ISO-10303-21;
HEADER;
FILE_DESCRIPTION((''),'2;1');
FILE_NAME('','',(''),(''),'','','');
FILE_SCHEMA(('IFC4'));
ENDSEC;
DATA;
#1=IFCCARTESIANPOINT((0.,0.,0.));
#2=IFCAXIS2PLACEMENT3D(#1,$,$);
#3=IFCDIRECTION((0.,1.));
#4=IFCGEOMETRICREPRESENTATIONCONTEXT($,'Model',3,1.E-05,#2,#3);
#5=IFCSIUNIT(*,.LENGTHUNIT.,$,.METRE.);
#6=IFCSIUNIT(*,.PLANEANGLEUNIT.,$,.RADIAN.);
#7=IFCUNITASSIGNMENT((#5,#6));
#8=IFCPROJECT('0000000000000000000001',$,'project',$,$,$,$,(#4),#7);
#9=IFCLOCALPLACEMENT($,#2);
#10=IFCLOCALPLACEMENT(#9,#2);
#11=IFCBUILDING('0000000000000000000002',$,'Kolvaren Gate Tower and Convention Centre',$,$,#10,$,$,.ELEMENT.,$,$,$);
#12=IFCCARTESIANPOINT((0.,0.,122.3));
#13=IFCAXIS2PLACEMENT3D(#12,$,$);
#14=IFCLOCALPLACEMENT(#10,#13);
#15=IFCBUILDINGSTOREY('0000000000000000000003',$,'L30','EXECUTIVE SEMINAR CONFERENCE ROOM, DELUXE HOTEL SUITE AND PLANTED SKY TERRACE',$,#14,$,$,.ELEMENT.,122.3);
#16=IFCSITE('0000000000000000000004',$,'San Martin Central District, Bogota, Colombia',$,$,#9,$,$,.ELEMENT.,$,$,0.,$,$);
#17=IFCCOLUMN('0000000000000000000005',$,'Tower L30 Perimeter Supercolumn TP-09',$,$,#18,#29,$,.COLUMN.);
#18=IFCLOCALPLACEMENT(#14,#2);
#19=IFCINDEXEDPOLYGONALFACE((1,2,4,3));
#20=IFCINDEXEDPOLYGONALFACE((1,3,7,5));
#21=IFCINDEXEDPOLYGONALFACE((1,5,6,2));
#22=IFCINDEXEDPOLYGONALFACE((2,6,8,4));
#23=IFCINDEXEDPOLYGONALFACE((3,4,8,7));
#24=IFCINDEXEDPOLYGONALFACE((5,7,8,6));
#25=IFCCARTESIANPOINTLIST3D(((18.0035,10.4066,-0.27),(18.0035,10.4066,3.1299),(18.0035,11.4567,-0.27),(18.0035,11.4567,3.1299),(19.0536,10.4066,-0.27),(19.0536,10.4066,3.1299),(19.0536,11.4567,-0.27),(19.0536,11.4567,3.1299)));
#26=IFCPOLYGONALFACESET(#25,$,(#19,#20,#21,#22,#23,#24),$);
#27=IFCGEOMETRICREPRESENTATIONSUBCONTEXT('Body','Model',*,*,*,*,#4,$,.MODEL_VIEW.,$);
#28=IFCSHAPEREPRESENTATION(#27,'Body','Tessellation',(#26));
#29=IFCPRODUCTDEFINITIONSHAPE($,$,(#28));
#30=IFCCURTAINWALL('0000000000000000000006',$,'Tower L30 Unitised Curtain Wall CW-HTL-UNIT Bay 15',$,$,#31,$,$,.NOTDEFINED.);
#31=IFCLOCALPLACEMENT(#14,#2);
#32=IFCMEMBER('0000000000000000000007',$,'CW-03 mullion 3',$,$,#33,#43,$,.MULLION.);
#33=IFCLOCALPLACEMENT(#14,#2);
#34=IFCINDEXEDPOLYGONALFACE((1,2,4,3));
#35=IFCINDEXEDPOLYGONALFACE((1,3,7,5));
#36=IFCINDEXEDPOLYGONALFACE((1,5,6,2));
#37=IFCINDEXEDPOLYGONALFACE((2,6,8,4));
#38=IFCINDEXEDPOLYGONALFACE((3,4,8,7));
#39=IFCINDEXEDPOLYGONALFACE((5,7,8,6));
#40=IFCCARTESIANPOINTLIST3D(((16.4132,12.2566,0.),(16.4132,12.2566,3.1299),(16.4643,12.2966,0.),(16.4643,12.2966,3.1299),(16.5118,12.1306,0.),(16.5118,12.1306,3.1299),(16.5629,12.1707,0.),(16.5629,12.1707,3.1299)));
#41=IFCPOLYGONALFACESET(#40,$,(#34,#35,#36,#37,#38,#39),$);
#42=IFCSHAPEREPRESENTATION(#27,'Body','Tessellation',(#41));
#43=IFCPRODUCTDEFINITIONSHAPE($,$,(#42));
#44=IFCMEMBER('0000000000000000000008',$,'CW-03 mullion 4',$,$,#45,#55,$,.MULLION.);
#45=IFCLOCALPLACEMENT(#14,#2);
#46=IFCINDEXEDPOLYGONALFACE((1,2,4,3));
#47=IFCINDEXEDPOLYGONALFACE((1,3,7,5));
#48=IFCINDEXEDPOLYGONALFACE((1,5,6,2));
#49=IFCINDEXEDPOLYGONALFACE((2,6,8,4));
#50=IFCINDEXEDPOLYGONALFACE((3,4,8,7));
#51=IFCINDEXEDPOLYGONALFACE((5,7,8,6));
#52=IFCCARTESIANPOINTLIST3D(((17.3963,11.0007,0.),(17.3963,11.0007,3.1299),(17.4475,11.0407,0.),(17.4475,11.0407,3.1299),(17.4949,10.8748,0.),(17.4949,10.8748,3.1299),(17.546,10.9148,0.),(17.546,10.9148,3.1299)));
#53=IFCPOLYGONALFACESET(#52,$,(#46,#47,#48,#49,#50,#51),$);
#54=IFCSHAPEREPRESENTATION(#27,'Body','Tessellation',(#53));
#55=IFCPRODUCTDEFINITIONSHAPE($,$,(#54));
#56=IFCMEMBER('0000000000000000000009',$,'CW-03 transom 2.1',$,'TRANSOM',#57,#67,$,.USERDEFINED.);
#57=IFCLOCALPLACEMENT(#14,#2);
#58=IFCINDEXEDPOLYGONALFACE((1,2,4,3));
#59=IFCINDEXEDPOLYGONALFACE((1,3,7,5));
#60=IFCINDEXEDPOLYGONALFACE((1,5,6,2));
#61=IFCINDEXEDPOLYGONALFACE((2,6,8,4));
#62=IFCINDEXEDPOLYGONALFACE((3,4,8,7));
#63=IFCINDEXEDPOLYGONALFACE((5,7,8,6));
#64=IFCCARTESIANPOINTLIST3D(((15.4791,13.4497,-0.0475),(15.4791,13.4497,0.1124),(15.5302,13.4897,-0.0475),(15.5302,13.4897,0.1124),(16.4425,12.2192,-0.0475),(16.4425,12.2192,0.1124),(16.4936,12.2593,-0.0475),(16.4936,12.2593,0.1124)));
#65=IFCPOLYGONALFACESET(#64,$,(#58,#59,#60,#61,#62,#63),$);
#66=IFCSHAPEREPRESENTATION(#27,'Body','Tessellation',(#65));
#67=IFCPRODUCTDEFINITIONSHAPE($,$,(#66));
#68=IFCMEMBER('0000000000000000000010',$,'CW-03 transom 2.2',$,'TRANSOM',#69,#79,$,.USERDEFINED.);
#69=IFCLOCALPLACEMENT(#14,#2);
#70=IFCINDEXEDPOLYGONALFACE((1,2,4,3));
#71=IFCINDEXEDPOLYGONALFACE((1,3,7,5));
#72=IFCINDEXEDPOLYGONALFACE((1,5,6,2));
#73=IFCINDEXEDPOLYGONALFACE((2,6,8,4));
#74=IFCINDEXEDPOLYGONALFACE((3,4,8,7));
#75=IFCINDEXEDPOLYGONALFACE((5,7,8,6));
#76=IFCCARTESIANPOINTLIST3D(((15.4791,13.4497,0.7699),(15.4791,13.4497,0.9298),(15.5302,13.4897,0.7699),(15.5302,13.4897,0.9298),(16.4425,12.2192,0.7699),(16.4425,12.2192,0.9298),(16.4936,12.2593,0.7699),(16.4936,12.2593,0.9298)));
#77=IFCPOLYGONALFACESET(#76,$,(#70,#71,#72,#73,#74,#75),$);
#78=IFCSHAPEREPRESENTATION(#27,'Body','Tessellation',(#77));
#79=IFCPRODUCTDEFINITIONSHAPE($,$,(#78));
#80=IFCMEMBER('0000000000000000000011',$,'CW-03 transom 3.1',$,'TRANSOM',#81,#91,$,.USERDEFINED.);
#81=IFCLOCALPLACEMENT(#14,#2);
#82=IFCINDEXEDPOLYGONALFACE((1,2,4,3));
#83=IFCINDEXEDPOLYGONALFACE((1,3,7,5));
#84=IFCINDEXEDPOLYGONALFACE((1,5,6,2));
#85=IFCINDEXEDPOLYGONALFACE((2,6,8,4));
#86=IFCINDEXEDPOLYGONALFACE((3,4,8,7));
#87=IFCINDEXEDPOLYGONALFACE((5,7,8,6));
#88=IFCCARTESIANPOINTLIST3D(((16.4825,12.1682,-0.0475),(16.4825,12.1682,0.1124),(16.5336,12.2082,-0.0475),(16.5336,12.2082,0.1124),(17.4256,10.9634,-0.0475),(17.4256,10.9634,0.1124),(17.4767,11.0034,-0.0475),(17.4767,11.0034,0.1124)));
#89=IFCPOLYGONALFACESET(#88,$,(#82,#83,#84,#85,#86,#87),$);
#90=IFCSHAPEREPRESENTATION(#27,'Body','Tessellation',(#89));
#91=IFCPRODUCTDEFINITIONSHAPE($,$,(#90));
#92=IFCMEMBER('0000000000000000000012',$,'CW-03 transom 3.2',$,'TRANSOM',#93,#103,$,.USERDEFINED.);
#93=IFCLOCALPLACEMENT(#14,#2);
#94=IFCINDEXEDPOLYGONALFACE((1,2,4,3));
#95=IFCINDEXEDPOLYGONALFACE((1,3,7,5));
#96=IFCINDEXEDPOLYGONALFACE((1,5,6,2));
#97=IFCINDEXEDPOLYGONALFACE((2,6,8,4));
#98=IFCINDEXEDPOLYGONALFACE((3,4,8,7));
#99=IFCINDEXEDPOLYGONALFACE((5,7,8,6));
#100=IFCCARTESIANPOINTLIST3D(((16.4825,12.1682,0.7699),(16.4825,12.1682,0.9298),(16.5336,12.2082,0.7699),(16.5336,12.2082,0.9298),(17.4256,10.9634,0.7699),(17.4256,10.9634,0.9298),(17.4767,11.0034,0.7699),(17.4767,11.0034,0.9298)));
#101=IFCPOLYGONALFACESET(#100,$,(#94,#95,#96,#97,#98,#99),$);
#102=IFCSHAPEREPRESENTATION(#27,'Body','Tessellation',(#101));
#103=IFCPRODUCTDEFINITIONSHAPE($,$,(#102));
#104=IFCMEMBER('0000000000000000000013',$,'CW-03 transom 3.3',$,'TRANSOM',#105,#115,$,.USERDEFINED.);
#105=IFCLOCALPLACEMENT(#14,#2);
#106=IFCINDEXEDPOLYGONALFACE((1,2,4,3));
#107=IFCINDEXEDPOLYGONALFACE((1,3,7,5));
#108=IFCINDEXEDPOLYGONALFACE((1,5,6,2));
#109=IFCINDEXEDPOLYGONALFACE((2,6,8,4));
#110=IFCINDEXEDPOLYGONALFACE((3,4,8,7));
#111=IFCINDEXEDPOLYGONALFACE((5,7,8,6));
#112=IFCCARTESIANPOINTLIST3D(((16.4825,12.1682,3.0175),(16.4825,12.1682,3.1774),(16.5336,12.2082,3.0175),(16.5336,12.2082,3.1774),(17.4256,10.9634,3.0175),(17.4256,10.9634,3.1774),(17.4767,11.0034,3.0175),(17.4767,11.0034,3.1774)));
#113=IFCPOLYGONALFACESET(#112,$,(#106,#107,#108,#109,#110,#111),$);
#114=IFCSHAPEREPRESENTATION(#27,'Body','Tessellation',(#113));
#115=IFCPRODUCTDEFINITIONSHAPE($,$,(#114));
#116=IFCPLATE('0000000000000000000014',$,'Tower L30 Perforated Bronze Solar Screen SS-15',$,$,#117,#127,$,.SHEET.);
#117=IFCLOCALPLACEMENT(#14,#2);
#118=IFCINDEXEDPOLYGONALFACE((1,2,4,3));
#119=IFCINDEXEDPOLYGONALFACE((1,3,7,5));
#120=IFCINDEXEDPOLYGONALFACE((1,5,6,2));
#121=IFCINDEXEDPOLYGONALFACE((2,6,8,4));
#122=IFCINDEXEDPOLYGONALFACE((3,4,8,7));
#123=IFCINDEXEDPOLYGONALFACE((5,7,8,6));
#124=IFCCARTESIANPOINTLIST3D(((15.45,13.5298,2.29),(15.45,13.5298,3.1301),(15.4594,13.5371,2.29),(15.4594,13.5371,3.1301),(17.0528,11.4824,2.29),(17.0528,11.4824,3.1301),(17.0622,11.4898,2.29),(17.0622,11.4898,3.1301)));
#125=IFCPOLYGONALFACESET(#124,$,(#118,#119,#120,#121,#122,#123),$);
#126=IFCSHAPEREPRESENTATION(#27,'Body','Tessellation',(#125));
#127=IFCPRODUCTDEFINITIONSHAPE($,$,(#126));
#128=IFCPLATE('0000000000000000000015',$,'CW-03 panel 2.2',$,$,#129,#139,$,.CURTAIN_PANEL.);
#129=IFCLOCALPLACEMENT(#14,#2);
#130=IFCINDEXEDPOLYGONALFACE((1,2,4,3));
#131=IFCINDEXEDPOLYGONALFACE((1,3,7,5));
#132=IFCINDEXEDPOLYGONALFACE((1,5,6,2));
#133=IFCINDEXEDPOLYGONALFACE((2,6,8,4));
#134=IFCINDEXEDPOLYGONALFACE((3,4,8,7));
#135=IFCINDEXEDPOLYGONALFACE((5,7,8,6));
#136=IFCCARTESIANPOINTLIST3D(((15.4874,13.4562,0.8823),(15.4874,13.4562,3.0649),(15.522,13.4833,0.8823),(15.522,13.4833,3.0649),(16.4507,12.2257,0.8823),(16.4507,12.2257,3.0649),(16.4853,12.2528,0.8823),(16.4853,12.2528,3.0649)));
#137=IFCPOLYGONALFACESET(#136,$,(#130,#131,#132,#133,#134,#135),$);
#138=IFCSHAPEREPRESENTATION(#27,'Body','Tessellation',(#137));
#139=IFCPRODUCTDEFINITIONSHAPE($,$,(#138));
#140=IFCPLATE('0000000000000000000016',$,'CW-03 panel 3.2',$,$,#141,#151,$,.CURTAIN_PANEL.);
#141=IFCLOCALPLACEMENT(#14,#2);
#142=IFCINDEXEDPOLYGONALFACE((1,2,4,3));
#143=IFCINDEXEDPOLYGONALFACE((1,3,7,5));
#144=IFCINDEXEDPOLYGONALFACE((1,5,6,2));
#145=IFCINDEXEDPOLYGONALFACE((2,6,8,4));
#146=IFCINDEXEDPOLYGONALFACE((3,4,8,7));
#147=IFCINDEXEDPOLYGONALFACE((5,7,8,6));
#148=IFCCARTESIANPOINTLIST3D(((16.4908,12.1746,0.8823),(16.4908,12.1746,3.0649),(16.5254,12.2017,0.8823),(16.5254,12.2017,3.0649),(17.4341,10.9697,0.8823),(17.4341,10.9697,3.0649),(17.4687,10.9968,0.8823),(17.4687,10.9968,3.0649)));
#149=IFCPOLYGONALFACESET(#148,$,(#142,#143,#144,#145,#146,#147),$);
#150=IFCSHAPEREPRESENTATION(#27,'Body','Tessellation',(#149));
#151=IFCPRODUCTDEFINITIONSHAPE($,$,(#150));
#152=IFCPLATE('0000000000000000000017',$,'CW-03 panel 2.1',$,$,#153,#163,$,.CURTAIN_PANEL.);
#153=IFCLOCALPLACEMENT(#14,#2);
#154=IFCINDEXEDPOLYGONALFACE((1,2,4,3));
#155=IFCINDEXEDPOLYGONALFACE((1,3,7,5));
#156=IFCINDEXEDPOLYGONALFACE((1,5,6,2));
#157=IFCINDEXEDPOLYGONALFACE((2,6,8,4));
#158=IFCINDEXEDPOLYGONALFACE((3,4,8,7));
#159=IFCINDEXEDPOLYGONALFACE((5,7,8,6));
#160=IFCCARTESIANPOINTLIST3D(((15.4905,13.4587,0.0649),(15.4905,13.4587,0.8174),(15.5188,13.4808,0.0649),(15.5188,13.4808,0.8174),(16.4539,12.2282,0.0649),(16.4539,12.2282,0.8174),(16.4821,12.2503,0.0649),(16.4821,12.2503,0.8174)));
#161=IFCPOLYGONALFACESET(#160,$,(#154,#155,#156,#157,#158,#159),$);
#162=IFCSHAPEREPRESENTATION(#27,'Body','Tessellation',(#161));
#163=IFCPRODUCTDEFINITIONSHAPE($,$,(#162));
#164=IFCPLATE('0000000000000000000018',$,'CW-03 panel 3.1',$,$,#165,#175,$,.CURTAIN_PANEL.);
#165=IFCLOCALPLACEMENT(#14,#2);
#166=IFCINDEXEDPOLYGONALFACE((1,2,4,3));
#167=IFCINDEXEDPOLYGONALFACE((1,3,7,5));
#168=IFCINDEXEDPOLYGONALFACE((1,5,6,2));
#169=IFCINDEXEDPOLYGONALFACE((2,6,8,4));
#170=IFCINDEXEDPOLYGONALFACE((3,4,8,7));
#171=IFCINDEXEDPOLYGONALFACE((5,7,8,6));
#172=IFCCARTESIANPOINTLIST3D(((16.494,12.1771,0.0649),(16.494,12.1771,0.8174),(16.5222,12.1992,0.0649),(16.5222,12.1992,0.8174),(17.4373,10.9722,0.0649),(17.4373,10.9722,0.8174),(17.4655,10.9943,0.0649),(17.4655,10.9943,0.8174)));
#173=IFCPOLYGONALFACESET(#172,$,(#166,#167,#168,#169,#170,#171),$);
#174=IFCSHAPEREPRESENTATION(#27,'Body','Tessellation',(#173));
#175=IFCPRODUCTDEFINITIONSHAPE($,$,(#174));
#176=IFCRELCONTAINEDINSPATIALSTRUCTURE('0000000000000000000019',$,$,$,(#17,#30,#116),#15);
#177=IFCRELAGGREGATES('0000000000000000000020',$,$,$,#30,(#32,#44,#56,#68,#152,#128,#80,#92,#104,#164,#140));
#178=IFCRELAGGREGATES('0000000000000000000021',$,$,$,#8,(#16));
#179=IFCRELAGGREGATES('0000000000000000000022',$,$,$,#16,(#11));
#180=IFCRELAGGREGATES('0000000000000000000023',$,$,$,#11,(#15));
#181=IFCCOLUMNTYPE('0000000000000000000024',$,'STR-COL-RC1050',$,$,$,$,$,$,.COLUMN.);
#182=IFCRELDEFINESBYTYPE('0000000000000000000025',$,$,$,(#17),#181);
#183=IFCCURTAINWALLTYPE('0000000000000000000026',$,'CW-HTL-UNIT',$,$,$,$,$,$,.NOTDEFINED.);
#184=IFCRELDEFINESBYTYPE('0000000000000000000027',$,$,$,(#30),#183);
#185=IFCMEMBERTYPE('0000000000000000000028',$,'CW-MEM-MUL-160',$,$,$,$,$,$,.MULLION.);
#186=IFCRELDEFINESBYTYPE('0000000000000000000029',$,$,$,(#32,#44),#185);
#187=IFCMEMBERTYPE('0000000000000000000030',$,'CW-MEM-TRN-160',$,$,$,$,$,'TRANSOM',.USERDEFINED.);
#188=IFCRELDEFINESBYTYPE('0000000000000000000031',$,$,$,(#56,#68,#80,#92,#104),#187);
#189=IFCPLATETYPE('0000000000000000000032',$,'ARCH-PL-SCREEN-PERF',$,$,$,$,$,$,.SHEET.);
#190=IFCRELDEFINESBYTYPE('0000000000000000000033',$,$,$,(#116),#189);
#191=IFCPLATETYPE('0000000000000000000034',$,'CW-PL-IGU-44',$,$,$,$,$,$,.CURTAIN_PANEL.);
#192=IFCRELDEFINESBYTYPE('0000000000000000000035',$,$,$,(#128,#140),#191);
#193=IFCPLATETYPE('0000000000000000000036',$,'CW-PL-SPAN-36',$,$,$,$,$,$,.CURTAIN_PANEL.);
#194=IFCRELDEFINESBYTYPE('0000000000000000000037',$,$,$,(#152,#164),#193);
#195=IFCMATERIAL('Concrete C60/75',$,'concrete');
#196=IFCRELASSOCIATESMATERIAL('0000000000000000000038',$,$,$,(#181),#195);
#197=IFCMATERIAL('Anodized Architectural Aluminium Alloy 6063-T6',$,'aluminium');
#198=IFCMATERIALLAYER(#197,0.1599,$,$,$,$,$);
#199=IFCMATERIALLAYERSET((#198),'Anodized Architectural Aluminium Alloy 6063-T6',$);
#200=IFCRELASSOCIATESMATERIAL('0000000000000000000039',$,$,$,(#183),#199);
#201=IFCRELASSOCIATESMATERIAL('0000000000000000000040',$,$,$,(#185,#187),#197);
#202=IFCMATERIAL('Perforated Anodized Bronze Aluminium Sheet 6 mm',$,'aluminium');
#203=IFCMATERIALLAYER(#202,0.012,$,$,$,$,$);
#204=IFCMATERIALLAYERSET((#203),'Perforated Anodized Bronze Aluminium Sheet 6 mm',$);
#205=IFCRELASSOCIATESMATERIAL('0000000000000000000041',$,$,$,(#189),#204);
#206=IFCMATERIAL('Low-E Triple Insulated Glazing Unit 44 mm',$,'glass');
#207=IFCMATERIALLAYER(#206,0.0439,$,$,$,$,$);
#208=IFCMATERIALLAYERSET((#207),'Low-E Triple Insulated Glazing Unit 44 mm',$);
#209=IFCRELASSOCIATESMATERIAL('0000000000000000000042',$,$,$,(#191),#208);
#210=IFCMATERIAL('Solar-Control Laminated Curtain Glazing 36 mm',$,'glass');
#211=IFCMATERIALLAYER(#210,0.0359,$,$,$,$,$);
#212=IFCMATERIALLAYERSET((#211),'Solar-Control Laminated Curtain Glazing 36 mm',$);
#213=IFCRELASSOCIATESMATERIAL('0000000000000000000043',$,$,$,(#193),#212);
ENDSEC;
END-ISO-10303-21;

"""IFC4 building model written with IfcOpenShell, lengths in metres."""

from ifc_helpers import new_model, si_unit, direction, frame, origin, origin_2d, place, context, subcontext, project, spatial, rectangle, extrude, material, layer, layer_set, material_profile, profile_set, type_object, element, aggregate, save


model = new_model("IFC4")

# Units and contexts
model_context = context("Model", 3, precision=1e-05, world=origin(), true_north=direction((0.0, 1.0)))
body_context = subcontext(model_context, "Body", "Model", "MODEL_VIEW")
ifc_project = project(units=[si_unit("LENGTHUNIT", "METRE"), si_unit("PLANEANGLEUNIT", "RADIAN")], contexts=[model_context])

# Site, building, storey
site_placement = place(None, origin())
site = spatial("IfcSite", under=ifc_project, at=site_placement, Name="San Martin Central District, Bogota, Colombia", CompositionType="ELEMENT", RefElevation=0.0)
building_placement = place(site_placement, origin())
building = spatial("IfcBuilding", under=site, at=building_placement, Name="Kolvaren Gate Tower and Convention Centre", CompositionType="ELEMENT")
storey_placement = place(building_placement, frame((0.0, 0.0, 122.3)))
storey = spatial("IfcBuildingStorey", under=building, at=storey_placement, Name="L30", Description="EXECUTIVE SEMINAR CONFERENCE ROOM, DELUXE HOTEL SUITE AND PLANTED SKY TERRACE", CompositionType="ELEMENT", Elevation=122.3)

# Column
ifc_material_1 = material(Name="Concrete C60/75", Category="concrete")
ifc_material_profile_1 = material_profile(ifc_material_1, rectangle(XDim=1.05, YDim=1.05, at=origin_2d()), Name="RC-COL-1050X1050")
ifc_profile_set_1 = profile_set([ifc_material_profile_1], Name="Concrete C60/75")
column_type = type_object("IfcColumnType", Name="STR-COL-RC1050", PredefinedType="COLUMN", material=ifc_profile_set_1)
column_placement = place(storey_placement, frame((18.5286, 10.9316, -0.27), z_axis=(0.0, 0.0, 1.0), x_axis=(1.0, 0.0, 0.0)))
element("IfcColumn", 1, at=column_placement, inside=storey, type_object=column_type, Name="Tower L30 Perimeter Supercolumn TP-09", PredefinedType="COLUMN", context=body_context, shape_type="SweptSolid", body=[
    extrude(rectangle(XDim=1.05, YDim=1.05, at=origin_2d()), origin(), (0.0, 0.0, 1.0), 3.3999),
])

# Curtain wall, members
ifc_material_2 = material(Name="Anodized Architectural Aluminium Alloy 6063-T6", Category="aluminium")
ifc_layer_1 = layer(ifc_material_2, 0.1599)
ifc_layer_set_1 = layer_set([ifc_layer_1], Name="Anodized Architectural Aluminium Alloy 6063-T6")
curtain_wall_type = type_object("IfcCurtainWallType", Name="CW-HTL-UNIT", PredefinedType="NOTDEFINED", material=ifc_layer_set_1)
curtain_wall_placement = place(storey_placement, origin())
curtain_wall = element("IfcCurtainWall", 2, at=curtain_wall_placement, inside=storey, type_object=curtain_wall_type, Name="Tower L30 Unitised Curtain Wall CW-HTL-UNIT Bay 15", PredefinedType="NOTDEFINED")
ifc_material_profile_2 = material_profile(ifc_material_2, rectangle(XDim=0.0649, YDim=0.1599, at=origin_2d()), Name="CW-MEM-MUL-160")
ifc_profile_set_2 = profile_set([ifc_material_profile_2], Name="Anodized Architectural Aluminium Alloy 6063-T6")
member_type_1 = type_object("IfcMemberType", Name="CW-MEM-MUL-160", PredefinedType="MULLION", material=ifc_profile_set_2)
member_1_placement = place(storey_placement, frame((16.488, 12.2136, 0.0), z_axis=(0.0, 0.0, 1.0), x_axis=(0.787411, 0.616429, 0.0)))
member_1 = element("IfcMember", 3, at=member_1_placement, type_object=member_type_1, Name="CW-03 mullion 3", PredefinedType="MULLION", context=body_context, shape_type="SweptSolid", body=[
    extrude(rectangle(XDim=0.0649, YDim=0.1599, at=origin_2d()), origin(), (0.0, 0.0, 1.0), 3.1299),
])
member_2_placement = place(storey_placement, frame((17.4712, 10.9578, 0.0), z_axis=(0.0, 0.0, 1.0), x_axis=(0.787411, 0.616429, 0.0)))
member_2 = element("IfcMember", 4, at=member_2_placement, type_object=member_type_1, Name="CW-03 mullion 4", PredefinedType="MULLION", context=body_context, shape_type="SweptSolid", body=[
    extrude(rectangle(XDim=0.0649, YDim=0.1599, at=origin_2d()), origin(), (0.0, 0.0, 1.0), 3.1299),
])
ifc_material_profile_3 = material_profile(ifc_material_2, rectangle(XDim=0.0649, YDim=0.1599, at=origin_2d()), Name="CW-MEM-TRN-160")
ifc_profile_set_3 = profile_set([ifc_material_profile_3], Name="Anodized Architectural Aluminium Alloy 6063-T6")
member_type_2 = type_object("IfcMemberType", Name="CW-MEM-TRN-160", ElementType="TRANSOM", PredefinedType="USERDEFINED", material=ifc_profile_set_3)
member_3_placement = place(storey_placement, frame((15.5046, 13.4697, 0.0325), z_axis=(0.616468, -0.78738, 0.0), x_axis=(0.78738, 0.616468, 0.0)))
member_3 = element("IfcMember", 5, at=member_3_placement, type_object=member_type_2, Name="CW-03 transom 2.1", ObjectType="TRANSOM", PredefinedType="USERDEFINED", context=body_context, shape_type="SweptSolid", body=[
    extrude(rectangle(XDim=0.0649, YDim=0.1599, at=origin_2d()), origin(), (0.0, 0.0, 1.0), 1.5627),
])
member_4_placement = place(storey_placement, frame((15.5046, 13.4697, 0.8499), z_axis=(0.616468, -0.78738, 0.0), x_axis=(0.78738, 0.616468, 0.0)))
member_4 = element("IfcMember", 6, at=member_4_placement, type_object=member_type_2, Name="CW-03 transom 2.2", ObjectType="TRANSOM", PredefinedType="USERDEFINED", context=body_context, shape_type="SweptSolid", body=[
    extrude(rectangle(XDim=0.0649, YDim=0.1599, at=origin_2d()), origin(), (0.0, 0.0, 1.0), 1.5627),
])
member_5_placement = place(storey_placement, frame((16.5081, 12.1882, 0.0325), z_axis=(0.61639, -0.787441, 0.0), x_axis=(0.787441, 0.61639, 0.0)))
member_5 = element("IfcMember", 7, at=member_5_placement, type_object=member_type_2, Name="CW-03 transom 3.1", ObjectType="TRANSOM", PredefinedType="USERDEFINED", context=body_context, shape_type="SweptSolid", body=[
    extrude(rectangle(XDim=0.0649, YDim=0.1599, at=origin_2d()), origin(), (0.0, 0.0, 1.0), 1.53),
])
member_6_placement = place(storey_placement, frame((16.5081, 12.1882, 0.8499), z_axis=(0.61639, -0.787441, 0.0), x_axis=(0.787441, 0.61639, 0.0)))
member_6 = element("IfcMember", 8, at=member_6_placement, type_object=member_type_2, Name="CW-03 transom 3.2", ObjectType="TRANSOM", PredefinedType="USERDEFINED", context=body_context, shape_type="SweptSolid", body=[
    extrude(rectangle(XDim=0.0649, YDim=0.1599, at=origin_2d()), origin(), (0.0, 0.0, 1.0), 1.53),
])
member_7_placement = place(storey_placement, frame((16.5081, 12.1882, 3.0974), z_axis=(0.61639, -0.787441, 0.0), x_axis=(0.787441, 0.61639, 0.0)))
member_7 = element("IfcMember", 9, at=member_7_placement, type_object=member_type_2, Name="CW-03 transom 3.3", ObjectType="TRANSOM", PredefinedType="USERDEFINED", context=body_context, shape_type="SweptSolid", body=[
    extrude(rectangle(XDim=0.0649, YDim=0.1599, at=origin_2d()), origin(), (0.0, 0.0, 1.0), 1.53),
])

# Plates
ifc_material_3 = material(Name="Perforated Anodized Bronze Aluminium Sheet 6 mm", Category="aluminium")
ifc_layer_2 = layer(ifc_material_3, 0.012)
ifc_layer_set_2 = layer_set([ifc_layer_2], Name="Perforated Anodized Bronze Aluminium Sheet 6 mm")
plate_type_1 = type_object("IfcPlateType", Name="ARCH-PL-SCREEN-PERF", PredefinedType="SHEET", material=ifc_layer_set_2)
plate_1_placement = place(storey_placement, frame((16.2561, 12.5098, 2.29), z_axis=(0.0, 0.0, 1.0), x_axis=(0.616424, -0.787414, 0.0)))
element("IfcPlate", 10, at=plate_1_placement, inside=storey, type_object=plate_type_1, Name="Tower L30 Perforated Bronze Solar Screen SS-15", PredefinedType="SHEET", context=body_context, shape_type="SweptSolid", body=[
    extrude(rectangle(XDim=2.6001, YDim=0.012, at=origin_2d()), origin(), (0.0, 0.0, 1.0), 0.8401),
])
ifc_material_4 = material(Name="Low-E Triple Insulated Glazing Unit 44 mm", Category="glass")
ifc_layer_3 = layer(ifc_material_4, 0.0439)
ifc_layer_set_3 = layer_set([ifc_layer_3], Name="Low-E Triple Insulated Glazing Unit 44 mm")
plate_type_2 = type_object("IfcPlateType", Name="CW-PL-IGU-44", PredefinedType="CURTAIN_PANEL", material=ifc_layer_set_3)
plate_2_placement = place(storey_placement, frame((15.9863, 12.8545, 0.8823), z_axis=(0.0, 0.0, 1.0), x_axis=(0.616429, -0.787411, 0.0)))
plate_2 = element("IfcPlate", 11, at=plate_2_placement, type_object=plate_type_2, Name="CW-03 panel 2.2", PredefinedType="CURTAIN_PANEL", context=body_context, shape_type="SweptSolid", body=[
    extrude(rectangle(XDim=1.5627, YDim=0.0439, at=origin_2d()), origin(), (0.0, 0.0, 1.0), 2.1826),
])
plate_3_placement = place(storey_placement, frame((16.9797, 11.5857, 0.8823), z_axis=(0.0, 0.0, 1.0), x_axis=(0.616429, -0.787411, 0.0)))
plate_3 = element("IfcPlate", 12, at=plate_3_placement, type_object=plate_type_2, Name="CW-03 panel 3.2", PredefinedType="CURTAIN_PANEL", context=body_context, shape_type="SweptSolid", body=[
    extrude(rectangle(XDim=1.5303, YDim=0.0439, at=origin_2d()), origin(), (0.0, 0.0, 1.0), 2.1826),
])
ifc_material_5 = material(Name="Solar-Control Laminated Curtain Glazing 36 mm", Category="glass")
ifc_layer_4 = layer(ifc_material_5, 0.0359)
ifc_layer_set_4 = layer_set([ifc_layer_4], Name="Solar-Control Laminated Curtain Glazing 36 mm")
plate_type_3 = type_object("IfcPlateType", Name="CW-PL-SPAN-36", PredefinedType="CURTAIN_PANEL", material=ifc_layer_set_4)
plate_4_placement = place(storey_placement, frame((15.9863, 12.8545, 0.0649), z_axis=(0.0, 0.0, 1.0), x_axis=(0.616429, -0.787411, 0.0)))
plate_4 = element("IfcPlate", 13, at=plate_4_placement, type_object=plate_type_3, Name="CW-03 panel 2.1", PredefinedType="CURTAIN_PANEL", context=body_context, shape_type="SweptSolid", body=[
    extrude(rectangle(XDim=1.5627, YDim=0.0359, at=origin_2d()), origin(), (0.0, 0.0, 1.0), 0.7524),
])
plate_5_placement = place(storey_placement, frame((16.9797, 11.5857, 0.0649), z_axis=(0.0, 0.0, 1.0), x_axis=(0.616429, -0.787411, 0.0)))
plate_5 = element("IfcPlate", 14, at=plate_5_placement, type_object=plate_type_3, Name="CW-03 panel 3.1", PredefinedType="CURTAIN_PANEL", context=body_context, shape_type="SweptSolid", body=[
    extrude(rectangle(XDim=1.5303, YDim=0.0359, at=origin_2d()), origin(), (0.0, 0.0, 1.0), 0.7524),
])
aggregate(curtain_wall, [member_1, member_2, member_3, member_4, plate_4, plate_2, member_5, member_6, member_7, plate_5, plate_3])

save(model, "model.ifc")
